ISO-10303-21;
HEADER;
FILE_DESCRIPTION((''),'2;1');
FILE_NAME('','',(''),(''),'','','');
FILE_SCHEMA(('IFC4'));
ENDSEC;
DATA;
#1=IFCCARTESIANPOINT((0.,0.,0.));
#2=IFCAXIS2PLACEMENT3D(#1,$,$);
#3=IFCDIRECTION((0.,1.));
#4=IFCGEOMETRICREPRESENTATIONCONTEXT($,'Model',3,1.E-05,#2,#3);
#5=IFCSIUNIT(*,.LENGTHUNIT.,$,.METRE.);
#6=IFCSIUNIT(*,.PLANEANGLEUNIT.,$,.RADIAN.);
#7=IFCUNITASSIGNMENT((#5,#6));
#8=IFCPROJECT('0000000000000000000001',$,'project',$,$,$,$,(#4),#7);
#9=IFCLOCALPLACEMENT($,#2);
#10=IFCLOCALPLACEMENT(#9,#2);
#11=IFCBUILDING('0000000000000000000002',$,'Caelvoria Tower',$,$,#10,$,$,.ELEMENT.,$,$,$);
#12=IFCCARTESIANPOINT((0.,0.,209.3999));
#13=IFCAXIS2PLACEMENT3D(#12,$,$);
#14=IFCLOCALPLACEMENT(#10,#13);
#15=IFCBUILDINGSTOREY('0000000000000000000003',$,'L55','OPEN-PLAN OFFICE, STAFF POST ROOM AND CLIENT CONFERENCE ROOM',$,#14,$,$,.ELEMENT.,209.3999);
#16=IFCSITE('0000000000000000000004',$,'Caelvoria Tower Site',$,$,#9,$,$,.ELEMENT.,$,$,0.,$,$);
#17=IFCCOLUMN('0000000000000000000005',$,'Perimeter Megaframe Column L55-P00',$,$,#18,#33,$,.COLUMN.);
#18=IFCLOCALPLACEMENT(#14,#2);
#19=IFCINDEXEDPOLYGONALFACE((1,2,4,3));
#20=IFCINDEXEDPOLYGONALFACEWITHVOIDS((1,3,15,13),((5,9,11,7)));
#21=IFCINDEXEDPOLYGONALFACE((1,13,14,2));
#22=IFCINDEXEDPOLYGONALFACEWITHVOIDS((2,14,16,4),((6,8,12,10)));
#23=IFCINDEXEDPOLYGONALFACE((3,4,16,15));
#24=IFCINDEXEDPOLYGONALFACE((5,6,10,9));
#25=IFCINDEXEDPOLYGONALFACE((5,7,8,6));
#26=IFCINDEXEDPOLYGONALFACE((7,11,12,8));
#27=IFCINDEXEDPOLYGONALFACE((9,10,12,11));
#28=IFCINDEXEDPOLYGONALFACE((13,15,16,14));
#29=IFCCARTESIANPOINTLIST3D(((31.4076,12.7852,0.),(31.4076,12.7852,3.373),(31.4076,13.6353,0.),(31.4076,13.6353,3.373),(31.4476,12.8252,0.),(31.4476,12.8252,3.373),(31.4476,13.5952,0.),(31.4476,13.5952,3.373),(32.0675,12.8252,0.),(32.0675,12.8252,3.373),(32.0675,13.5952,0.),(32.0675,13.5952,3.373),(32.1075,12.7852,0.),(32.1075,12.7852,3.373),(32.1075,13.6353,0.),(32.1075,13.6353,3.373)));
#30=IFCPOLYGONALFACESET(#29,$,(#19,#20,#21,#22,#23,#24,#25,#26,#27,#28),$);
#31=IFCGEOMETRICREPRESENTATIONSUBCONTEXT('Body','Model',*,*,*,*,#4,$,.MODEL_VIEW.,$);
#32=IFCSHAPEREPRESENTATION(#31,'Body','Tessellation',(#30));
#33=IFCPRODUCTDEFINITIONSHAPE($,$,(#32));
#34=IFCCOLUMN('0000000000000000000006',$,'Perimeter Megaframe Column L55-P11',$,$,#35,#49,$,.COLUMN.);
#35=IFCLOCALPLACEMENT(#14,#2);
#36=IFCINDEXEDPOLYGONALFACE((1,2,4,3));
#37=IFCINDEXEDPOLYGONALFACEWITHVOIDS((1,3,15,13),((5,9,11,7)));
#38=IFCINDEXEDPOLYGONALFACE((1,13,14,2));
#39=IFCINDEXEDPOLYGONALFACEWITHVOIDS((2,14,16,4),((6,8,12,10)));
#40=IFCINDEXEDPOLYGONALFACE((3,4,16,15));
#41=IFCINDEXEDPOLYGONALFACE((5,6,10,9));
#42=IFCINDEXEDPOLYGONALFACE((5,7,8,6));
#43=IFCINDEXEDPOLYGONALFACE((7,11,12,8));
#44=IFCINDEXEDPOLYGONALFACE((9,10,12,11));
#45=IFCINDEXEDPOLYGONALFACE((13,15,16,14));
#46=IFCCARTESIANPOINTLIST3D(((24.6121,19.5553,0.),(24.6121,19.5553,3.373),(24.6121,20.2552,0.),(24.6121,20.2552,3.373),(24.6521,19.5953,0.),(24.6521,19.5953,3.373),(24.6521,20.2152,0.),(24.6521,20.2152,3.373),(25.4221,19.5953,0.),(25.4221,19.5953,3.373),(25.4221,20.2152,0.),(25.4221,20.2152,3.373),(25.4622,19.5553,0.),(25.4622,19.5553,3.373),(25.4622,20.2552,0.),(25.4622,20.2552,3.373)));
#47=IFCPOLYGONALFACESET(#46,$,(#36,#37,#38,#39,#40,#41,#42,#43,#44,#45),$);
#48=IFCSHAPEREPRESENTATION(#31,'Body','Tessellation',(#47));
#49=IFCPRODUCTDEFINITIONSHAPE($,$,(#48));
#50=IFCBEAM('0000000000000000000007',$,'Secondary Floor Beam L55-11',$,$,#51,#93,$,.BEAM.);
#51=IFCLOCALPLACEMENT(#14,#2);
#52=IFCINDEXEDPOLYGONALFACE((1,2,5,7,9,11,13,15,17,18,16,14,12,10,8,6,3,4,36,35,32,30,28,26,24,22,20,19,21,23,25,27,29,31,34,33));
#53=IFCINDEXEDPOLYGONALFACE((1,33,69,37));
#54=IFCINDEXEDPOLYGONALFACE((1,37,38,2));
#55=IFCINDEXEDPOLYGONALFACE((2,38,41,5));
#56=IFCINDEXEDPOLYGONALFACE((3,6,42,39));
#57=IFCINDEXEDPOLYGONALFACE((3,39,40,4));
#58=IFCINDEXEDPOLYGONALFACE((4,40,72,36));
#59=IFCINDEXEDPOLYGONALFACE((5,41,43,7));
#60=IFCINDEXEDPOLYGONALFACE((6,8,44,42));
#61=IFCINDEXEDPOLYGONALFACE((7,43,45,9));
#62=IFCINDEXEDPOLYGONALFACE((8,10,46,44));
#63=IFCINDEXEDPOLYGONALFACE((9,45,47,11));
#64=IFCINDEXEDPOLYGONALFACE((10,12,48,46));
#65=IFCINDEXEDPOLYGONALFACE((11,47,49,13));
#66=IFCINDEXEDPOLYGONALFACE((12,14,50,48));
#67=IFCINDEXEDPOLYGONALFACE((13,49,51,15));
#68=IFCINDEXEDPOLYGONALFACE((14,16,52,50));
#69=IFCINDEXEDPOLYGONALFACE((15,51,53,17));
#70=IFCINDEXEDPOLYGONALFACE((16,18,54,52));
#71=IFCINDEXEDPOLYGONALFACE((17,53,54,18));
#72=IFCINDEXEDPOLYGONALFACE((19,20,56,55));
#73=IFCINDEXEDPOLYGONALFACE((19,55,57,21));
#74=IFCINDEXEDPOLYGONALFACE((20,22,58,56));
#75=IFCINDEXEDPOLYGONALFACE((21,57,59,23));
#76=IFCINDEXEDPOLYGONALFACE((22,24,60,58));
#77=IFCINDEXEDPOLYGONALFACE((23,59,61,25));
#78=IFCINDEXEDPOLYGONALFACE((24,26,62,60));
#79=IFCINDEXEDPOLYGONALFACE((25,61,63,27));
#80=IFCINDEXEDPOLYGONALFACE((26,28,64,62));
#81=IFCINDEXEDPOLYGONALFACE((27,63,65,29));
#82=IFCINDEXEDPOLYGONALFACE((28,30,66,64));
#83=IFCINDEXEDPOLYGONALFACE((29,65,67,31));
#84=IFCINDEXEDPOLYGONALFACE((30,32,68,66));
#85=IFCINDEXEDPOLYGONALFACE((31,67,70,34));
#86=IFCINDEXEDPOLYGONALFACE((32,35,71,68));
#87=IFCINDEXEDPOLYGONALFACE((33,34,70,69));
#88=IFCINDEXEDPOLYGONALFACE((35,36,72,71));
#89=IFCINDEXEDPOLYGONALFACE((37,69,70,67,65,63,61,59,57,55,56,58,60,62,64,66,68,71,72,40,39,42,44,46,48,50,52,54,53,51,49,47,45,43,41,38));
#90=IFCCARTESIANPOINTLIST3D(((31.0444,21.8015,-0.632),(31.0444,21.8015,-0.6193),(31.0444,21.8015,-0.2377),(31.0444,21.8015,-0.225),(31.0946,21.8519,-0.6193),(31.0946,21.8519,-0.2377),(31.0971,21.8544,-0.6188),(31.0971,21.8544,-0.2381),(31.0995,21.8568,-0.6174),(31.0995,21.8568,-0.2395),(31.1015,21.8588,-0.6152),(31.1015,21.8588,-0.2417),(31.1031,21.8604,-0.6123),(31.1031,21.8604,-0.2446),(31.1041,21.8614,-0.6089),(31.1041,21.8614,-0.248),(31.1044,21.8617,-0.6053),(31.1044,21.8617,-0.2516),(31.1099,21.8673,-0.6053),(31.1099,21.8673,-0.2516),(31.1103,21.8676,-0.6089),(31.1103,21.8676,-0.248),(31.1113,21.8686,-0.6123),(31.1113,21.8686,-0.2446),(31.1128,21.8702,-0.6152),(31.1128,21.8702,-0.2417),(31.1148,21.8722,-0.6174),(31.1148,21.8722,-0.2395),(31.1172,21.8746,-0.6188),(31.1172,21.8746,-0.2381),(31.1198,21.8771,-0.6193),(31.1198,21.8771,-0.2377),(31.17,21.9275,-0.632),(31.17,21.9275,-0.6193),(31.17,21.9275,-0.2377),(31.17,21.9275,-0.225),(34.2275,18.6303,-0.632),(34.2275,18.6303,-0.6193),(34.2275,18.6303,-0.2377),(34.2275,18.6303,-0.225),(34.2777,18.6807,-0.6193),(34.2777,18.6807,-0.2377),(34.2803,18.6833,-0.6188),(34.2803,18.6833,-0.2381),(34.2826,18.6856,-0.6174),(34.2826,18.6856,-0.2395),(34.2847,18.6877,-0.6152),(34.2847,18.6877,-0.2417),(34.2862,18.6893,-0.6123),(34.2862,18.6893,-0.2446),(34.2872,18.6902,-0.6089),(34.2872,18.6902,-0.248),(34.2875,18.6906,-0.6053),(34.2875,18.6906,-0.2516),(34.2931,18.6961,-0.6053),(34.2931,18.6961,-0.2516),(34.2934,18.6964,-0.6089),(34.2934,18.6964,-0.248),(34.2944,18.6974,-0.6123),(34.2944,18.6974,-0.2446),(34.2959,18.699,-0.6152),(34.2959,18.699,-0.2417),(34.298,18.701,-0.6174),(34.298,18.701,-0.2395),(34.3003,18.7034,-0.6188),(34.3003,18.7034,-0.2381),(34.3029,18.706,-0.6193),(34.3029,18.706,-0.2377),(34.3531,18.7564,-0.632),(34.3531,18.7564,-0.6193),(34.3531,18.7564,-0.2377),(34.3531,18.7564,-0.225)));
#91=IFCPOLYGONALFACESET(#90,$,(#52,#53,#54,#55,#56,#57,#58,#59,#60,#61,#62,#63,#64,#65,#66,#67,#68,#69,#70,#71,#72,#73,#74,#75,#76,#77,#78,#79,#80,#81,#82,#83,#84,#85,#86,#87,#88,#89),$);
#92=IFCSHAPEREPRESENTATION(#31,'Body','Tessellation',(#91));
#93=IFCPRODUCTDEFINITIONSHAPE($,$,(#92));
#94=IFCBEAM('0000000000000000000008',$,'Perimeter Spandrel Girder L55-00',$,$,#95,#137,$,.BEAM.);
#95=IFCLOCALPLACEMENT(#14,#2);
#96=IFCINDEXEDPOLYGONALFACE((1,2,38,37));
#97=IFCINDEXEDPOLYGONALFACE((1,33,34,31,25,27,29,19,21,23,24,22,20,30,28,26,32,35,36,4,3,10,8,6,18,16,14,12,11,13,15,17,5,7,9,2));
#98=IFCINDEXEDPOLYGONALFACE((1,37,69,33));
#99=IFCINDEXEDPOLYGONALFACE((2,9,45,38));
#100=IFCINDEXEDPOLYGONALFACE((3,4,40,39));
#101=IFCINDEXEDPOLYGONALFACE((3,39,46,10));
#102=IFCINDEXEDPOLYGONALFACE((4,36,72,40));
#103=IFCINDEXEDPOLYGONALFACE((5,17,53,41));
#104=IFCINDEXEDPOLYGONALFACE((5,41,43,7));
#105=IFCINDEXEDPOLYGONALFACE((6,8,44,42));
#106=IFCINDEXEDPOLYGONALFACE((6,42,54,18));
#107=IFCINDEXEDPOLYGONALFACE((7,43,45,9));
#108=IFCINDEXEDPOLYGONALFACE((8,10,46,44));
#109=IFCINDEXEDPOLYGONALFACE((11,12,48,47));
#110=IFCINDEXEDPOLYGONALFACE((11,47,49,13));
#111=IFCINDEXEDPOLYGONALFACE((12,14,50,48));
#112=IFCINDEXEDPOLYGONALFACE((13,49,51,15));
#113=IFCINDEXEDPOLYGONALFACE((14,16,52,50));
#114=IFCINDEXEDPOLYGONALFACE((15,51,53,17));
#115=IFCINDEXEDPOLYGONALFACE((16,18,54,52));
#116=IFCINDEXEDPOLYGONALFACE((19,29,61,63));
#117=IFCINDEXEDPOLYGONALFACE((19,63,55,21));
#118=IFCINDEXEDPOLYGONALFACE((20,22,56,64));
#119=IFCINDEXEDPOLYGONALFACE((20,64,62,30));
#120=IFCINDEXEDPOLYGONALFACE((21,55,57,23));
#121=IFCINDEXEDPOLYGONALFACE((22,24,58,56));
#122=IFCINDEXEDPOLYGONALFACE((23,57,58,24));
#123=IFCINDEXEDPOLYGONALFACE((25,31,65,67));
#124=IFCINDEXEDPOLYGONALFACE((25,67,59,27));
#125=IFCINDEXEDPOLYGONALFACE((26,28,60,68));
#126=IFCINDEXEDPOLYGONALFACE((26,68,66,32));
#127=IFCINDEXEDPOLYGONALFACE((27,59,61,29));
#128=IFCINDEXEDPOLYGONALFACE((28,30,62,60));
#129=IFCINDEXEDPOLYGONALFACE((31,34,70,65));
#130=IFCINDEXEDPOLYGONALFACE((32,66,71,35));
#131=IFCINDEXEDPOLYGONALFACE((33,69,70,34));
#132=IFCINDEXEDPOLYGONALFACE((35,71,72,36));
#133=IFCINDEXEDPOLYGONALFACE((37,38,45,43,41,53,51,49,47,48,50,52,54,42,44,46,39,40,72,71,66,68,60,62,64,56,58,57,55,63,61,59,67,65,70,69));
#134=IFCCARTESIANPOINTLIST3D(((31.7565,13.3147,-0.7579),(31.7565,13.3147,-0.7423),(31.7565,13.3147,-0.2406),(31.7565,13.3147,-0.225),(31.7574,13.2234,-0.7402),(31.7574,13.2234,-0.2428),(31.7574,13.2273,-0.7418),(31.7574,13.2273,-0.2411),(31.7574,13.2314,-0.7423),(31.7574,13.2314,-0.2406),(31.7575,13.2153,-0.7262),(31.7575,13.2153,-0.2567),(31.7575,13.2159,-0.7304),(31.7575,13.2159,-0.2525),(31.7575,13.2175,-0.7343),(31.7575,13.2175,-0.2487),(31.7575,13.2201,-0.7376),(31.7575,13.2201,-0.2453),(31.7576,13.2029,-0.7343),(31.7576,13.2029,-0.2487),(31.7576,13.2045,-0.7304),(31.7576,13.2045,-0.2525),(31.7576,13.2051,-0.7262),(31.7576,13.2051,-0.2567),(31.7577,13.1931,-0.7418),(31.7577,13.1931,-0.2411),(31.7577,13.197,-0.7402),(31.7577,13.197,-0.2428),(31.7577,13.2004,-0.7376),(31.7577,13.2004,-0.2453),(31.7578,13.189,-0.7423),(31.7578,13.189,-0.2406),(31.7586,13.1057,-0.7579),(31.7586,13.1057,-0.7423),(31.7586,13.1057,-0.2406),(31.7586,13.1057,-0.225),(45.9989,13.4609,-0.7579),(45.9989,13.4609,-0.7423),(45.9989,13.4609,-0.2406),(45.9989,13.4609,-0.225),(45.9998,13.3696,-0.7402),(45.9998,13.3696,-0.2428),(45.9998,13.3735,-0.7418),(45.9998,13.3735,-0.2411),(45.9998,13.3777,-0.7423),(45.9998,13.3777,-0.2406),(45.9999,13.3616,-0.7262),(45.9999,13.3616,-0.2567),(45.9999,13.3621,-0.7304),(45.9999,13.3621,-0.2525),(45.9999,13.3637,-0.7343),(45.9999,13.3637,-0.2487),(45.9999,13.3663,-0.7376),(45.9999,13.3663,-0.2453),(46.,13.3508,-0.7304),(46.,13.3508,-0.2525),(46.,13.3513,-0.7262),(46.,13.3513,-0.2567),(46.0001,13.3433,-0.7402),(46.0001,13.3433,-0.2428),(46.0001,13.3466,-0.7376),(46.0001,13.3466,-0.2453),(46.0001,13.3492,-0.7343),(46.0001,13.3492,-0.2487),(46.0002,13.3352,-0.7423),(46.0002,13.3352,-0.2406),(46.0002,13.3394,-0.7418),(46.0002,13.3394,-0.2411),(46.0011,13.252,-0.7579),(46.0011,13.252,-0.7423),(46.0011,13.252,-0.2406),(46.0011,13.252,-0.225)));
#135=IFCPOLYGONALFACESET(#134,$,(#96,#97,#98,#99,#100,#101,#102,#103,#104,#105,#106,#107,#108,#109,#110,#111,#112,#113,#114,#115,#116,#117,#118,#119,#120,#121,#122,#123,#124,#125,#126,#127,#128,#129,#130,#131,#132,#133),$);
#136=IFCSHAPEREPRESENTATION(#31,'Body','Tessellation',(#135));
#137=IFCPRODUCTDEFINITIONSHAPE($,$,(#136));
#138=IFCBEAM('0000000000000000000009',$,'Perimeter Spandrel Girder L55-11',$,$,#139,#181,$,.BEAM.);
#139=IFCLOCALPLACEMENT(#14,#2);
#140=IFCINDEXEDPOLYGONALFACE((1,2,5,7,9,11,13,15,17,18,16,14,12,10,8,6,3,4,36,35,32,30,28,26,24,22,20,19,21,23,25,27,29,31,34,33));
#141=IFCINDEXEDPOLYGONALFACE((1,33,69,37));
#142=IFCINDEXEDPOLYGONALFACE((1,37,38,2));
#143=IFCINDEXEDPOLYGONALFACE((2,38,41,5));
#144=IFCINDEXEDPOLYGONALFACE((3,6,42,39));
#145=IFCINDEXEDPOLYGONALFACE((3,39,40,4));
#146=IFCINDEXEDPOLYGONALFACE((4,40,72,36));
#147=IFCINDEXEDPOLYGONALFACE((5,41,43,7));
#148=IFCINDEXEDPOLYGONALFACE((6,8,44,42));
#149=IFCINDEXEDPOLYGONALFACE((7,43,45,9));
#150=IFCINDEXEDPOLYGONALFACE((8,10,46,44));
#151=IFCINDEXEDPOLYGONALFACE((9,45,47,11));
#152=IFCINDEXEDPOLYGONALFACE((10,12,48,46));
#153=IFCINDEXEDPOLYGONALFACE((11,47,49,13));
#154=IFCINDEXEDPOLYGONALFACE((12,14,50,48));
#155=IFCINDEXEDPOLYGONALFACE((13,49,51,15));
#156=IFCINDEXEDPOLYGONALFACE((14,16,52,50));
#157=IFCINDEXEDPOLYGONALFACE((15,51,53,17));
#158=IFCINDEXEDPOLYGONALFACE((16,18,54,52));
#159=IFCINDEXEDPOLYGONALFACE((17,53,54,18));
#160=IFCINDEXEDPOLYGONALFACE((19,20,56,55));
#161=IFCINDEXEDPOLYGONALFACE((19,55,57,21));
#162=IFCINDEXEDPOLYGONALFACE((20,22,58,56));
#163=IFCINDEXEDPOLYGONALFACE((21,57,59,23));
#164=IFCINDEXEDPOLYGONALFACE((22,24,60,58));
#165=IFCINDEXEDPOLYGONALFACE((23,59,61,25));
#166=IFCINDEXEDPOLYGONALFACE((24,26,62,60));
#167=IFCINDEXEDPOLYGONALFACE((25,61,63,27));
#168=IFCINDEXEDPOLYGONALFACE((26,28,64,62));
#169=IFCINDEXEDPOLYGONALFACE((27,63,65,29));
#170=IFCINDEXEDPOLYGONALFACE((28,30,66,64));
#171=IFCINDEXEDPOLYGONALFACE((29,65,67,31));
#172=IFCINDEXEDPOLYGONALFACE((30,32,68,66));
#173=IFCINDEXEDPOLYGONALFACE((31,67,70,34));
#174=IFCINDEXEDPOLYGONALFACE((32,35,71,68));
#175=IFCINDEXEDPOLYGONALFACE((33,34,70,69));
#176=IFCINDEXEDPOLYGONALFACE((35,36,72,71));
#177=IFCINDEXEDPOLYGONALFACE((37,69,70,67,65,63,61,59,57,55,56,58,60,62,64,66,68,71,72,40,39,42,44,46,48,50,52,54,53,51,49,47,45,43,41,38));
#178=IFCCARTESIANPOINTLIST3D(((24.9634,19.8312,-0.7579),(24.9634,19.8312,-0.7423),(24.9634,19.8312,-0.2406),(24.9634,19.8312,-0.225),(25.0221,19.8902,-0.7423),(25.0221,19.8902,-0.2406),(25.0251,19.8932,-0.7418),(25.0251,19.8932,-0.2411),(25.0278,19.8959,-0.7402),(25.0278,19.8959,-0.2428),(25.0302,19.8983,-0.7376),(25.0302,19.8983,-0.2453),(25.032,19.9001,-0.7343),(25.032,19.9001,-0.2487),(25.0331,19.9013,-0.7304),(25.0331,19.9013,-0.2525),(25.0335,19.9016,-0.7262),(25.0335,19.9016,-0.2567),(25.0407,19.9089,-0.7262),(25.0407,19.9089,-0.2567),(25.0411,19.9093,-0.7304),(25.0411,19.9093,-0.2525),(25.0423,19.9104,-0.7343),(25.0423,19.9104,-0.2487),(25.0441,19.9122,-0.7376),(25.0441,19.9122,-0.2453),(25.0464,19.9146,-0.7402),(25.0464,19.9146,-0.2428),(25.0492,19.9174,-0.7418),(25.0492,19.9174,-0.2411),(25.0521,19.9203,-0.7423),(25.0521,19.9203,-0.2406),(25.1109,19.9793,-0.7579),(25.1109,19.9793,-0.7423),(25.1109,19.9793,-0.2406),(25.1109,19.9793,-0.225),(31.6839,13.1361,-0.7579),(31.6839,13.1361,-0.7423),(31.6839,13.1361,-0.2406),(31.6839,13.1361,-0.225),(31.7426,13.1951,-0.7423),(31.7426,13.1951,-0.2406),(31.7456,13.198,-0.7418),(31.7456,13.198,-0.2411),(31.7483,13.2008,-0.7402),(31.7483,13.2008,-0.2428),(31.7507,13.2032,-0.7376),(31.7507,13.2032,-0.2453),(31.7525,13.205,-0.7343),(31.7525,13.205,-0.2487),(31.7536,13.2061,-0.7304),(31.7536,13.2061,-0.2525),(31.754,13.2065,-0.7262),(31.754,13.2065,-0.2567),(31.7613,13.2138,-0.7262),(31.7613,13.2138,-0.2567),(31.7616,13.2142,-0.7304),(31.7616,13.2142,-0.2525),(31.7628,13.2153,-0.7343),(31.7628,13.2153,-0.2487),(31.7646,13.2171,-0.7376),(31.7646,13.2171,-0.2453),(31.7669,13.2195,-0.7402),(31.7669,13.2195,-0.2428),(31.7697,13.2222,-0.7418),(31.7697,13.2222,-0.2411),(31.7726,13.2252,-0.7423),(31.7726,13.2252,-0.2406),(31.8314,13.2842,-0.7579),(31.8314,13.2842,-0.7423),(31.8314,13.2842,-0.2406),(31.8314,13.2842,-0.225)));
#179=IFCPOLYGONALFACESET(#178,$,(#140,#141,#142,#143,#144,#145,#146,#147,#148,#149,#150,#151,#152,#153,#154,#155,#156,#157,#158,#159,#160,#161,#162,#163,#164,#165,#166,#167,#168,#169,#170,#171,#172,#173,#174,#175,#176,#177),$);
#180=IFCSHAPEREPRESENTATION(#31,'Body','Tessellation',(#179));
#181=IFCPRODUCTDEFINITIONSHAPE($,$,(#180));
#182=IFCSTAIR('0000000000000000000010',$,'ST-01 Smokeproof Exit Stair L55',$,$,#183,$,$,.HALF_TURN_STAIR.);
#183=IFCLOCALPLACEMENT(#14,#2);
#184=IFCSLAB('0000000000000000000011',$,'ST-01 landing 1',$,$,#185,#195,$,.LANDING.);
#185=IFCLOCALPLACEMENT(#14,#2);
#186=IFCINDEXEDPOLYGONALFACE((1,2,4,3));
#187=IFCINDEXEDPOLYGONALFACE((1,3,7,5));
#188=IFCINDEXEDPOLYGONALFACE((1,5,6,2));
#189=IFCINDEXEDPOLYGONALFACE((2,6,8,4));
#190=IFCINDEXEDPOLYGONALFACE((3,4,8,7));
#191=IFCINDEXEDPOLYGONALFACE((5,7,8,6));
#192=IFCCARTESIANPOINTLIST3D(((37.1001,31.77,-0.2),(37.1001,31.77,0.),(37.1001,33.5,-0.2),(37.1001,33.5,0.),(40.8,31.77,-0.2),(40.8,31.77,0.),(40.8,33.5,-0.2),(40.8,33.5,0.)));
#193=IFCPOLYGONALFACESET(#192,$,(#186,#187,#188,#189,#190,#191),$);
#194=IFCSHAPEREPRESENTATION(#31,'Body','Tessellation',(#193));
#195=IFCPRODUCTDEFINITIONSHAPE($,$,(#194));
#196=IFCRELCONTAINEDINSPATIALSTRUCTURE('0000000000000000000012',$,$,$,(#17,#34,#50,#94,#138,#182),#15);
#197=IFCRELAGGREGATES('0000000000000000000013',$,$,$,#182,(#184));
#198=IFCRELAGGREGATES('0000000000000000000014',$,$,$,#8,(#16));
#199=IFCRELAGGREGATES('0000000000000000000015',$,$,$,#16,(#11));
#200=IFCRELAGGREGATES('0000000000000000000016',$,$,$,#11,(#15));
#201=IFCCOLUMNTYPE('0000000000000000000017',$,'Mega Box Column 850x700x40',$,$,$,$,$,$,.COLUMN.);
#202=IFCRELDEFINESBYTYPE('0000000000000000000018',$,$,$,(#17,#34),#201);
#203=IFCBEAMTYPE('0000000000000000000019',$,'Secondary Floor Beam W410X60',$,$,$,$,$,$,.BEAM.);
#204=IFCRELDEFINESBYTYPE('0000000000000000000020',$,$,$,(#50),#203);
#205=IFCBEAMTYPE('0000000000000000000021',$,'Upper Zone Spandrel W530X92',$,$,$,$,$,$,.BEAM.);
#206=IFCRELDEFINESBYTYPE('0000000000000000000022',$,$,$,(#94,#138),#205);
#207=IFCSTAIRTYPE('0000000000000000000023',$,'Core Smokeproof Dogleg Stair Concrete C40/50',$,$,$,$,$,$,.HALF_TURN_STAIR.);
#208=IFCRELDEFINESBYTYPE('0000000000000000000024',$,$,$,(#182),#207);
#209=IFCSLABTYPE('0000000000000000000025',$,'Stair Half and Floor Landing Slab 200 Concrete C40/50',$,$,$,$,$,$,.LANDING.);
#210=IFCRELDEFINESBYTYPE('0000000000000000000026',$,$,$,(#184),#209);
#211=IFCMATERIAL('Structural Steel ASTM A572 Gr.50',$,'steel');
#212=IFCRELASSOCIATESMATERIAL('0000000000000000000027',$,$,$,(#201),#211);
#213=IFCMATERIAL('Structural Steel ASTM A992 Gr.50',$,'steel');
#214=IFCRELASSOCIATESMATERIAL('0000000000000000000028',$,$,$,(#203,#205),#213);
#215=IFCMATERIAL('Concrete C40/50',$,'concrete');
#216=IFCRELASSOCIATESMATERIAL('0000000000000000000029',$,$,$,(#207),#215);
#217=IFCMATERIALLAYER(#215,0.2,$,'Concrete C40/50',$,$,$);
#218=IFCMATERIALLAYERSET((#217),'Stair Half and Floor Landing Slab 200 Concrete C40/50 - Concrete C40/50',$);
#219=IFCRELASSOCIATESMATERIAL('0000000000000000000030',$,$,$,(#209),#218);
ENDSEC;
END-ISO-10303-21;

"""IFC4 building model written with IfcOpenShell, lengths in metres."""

from ifc_helpers import new_model, si_unit, direction, frame, origin, origin_2d, place, context, subcontext, project, spatial, polyline, hollow_rectangle, i_section, outline, extrude, material, layer, layer_set, material_profile, profile_set, type_object, element, aggregate, save


model = new_model("IFC4")

# Units and contexts
model_context = context("Model", 3, precision=1e-05, world=origin(), true_north=direction((0.0, 1.0)))
body_context = subcontext(model_context, "Body", "Model", "MODEL_VIEW")
ifc_project = project(units=[si_unit("LENGTHUNIT", "METRE"), si_unit("PLANEANGLEUNIT", "RADIAN")], contexts=[model_context])

# Site, building, storey
site_placement = place(None, origin())
site = spatial("IfcSite", under=ifc_project, at=site_placement, Name="Caelvoria Tower Site", CompositionType="ELEMENT", RefElevation=0.0)
building_placement = place(site_placement, origin())
building = spatial("IfcBuilding", under=site, at=building_placement, Name="Caelvoria Tower", CompositionType="ELEMENT")
storey_placement = place(building_placement, frame((0.0, 0.0, 209.3999)))
storey = spatial("IfcBuildingStorey", under=building, at=storey_placement, Name="L55", Description="OPEN-PLAN OFFICE, STAFF POST ROOM AND CLIENT CONFERENCE ROOM", CompositionType="ELEMENT", Elevation=209.3999)

# Columns
ifc_material_1 = material(Name="Structural Steel ASTM A572 Gr.50", Category="steel")
ifc_material_profile_1 = material_profile(ifc_material_1, hollow_rectangle(XDim=0.7, YDim=0.8501, WallThickness=0.04, at=origin_2d()), Name="Structural Steel ASTM A572 Gr.50")
ifc_profile_set_1 = profile_set([ifc_material_profile_1], Name="BOX850X700X40 - Structural Steel ASTM A572 Gr.50")
column_type = type_object("IfcColumnType", Name="Mega Box Column 850x700x40", PredefinedType="COLUMN", material=ifc_profile_set_1)
for number, where, z_axis, x_axis, name in (
    (1, (31.7576, 13.2102, 0.0), (0.0, 0.0, 1.0), (1.0, 0.0, 0.0), "Perimeter Megaframe Column L55-P00"),
    (2, (25.0371, 19.9053, 0.0), (0.0, 0.0, 1.0), (0.0, 1.0, 0.0), "Perimeter Megaframe Column L55-P11"),
):
    element("IfcColumn", number, at=place(storey_placement, frame(where, z_axis=z_axis, x_axis=x_axis)), inside=storey, type_object=column_type, Name=name, PredefinedType="COLUMN", context=body_context, shape_type="SweptSolid", body=[
        extrude(hollow_rectangle(XDim=0.7, YDim=0.8501, WallThickness=0.04, at=origin_2d()), origin(), (0.0, 0.0, 1.0), 3.373),
    ])

# Beams
ifc_material_2 = material(Name="Structural Steel ASTM A992 Gr.50", Category="steel")
ifc_material_profile_2 = material_profile(ifc_material_2, i_section(OverallWidth=0.178, OverallDepth=0.407, WebThickness=0.0078, FlangeThickness=0.0127, FilletRadius=0.0139, at=origin_2d()), Name="Structural Steel ASTM A992 Gr.50")
ifc_profile_set_2 = profile_set([ifc_material_profile_2], Name="W410X60 - Structural Steel ASTM A992 Gr.50")
beam_type_1 = type_object("IfcBeamType", Name="Secondary Floor Beam W410X60", PredefinedType="BEAM", material=ifc_profile_set_2)
beam_1_placement = place(storey_placement, frame((31.1072, 21.8645, -0.4285), z_axis=(0.708437, -0.705774, 0.0), x_axis=(0.705774, 0.708437, 0.0)))
element("IfcBeam", 3, at=beam_1_placement, inside=storey, type_object=beam_type_1, Name="Secondary Floor Beam L55-11", PredefinedType="BEAM", context=body_context, shape_type="SweptSolid", body=[
    extrude(i_section(OverallWidth=0.178, OverallDepth=0.407, WebThickness=0.0078, FlangeThickness=0.0127, FilletRadius=0.0139, at=origin_2d()), origin(), (0.0, 0.0, 1.0), 4.4932),
])
ifc_material_profile_3 = material_profile(ifc_material_2, i_section(OverallWidth=0.209, OverallDepth=0.533, WebThickness=0.0103, FlangeThickness=0.0156, FilletRadius=0.0161, at=origin_2d()), Name="Structural Steel ASTM A992 Gr.50")
ifc_profile_set_3 = profile_set([ifc_material_profile_3], Name="W530X92 - Structural Steel ASTM A992 Gr.50")
beam_type_2 = type_object("IfcBeamType", Name="Upper Zone Spandrel W530X92", PredefinedType="BEAM", material=ifc_profile_set_3)
beam_2_placement = place(storey_placement, frame((31.7576, 13.2102, -0.4915), z_axis=(0.999947, 0.010267, 0.0), x_axis=(-0.010267, 0.999947, 0.0)))
element("IfcBeam", 4, at=beam_2_placement, inside=storey, type_object=beam_type_2, Name="Perimeter Spandrel Girder L55-00", PredefinedType="BEAM", context=body_context, shape_type="SweptSolid", body=[
    extrude(i_section(OverallWidth=0.209, OverallDepth=0.533, WebThickness=0.0103, FlangeThickness=0.0156, FilletRadius=0.0161, at=origin_2d()), origin(), (0.0, 0.0, 1.0), 14.2432),
])
beam_3_placement = place(storey_placement, frame((25.0371, 19.9053, -0.4915), z_axis=(0.708444, -0.705767, 0.0), x_axis=(0.705767, 0.708444, 0.0)))
element("IfcBeam", 5, at=beam_3_placement, inside=storey, type_object=beam_type_2, Name="Perimeter Spandrel Girder L55-11", PredefinedType="BEAM", context=body_context, shape_type="SweptSolid", body=[
    extrude(i_section(OverallWidth=0.209, OverallDepth=0.533, WebThickness=0.0103, FlangeThickness=0.0156, FilletRadius=0.0161, at=origin_2d()), origin(), (0.0, 0.0, 1.0), 9.4863),
])

# Stair, slab
ifc_material_3 = material(Name="Concrete C40/50", Category="concrete")
stair_type = type_object("IfcStairType", Name="Core Smokeproof Dogleg Stair Concrete C40/50", PredefinedType="HALF_TURN_STAIR", material=ifc_material_3)
stair_1_placement = place(storey_placement, origin())
stair_1 = element("IfcStair", 6, at=stair_1_placement, inside=storey, type_object=stair_type, Name="ST-01 Smokeproof Exit Stair L55", PredefinedType="HALF_TURN_STAIR")
ifc_layer_1 = layer(ifc_material_3, 0.2, Name="Concrete C40/50")
ifc_layer_set_1 = layer_set([ifc_layer_1], Name="Stair Half and Floor Landing Slab 200 Concrete C40/50 - Concrete C40/50")
slab_type_1 = type_object("IfcSlabType", Name="Stair Half and Floor Landing Slab 200 Concrete C40/50", PredefinedType="LANDING", material=ifc_layer_set_1)
slab_1_placement = place(storey_placement, frame((0.0, 0.0, -0.2)))
slab_1 = element("IfcSlab", 7, at=slab_1_placement, type_object=slab_type_1, Name="ST-01 landing 1", PredefinedType="LANDING", context=body_context, shape_type="SweptSolid", body=[
    extrude(outline(polyline([(37.1001, 31.77), (40.8, 31.77), (40.8, 33.5), (37.1001, 33.5), (37.1001, 31.77)])), origin(), (0.0, 0.0, 1.0), 0.2),
])
aggregate(stair_1, [slab_1])

save(model, "model.ifc")
